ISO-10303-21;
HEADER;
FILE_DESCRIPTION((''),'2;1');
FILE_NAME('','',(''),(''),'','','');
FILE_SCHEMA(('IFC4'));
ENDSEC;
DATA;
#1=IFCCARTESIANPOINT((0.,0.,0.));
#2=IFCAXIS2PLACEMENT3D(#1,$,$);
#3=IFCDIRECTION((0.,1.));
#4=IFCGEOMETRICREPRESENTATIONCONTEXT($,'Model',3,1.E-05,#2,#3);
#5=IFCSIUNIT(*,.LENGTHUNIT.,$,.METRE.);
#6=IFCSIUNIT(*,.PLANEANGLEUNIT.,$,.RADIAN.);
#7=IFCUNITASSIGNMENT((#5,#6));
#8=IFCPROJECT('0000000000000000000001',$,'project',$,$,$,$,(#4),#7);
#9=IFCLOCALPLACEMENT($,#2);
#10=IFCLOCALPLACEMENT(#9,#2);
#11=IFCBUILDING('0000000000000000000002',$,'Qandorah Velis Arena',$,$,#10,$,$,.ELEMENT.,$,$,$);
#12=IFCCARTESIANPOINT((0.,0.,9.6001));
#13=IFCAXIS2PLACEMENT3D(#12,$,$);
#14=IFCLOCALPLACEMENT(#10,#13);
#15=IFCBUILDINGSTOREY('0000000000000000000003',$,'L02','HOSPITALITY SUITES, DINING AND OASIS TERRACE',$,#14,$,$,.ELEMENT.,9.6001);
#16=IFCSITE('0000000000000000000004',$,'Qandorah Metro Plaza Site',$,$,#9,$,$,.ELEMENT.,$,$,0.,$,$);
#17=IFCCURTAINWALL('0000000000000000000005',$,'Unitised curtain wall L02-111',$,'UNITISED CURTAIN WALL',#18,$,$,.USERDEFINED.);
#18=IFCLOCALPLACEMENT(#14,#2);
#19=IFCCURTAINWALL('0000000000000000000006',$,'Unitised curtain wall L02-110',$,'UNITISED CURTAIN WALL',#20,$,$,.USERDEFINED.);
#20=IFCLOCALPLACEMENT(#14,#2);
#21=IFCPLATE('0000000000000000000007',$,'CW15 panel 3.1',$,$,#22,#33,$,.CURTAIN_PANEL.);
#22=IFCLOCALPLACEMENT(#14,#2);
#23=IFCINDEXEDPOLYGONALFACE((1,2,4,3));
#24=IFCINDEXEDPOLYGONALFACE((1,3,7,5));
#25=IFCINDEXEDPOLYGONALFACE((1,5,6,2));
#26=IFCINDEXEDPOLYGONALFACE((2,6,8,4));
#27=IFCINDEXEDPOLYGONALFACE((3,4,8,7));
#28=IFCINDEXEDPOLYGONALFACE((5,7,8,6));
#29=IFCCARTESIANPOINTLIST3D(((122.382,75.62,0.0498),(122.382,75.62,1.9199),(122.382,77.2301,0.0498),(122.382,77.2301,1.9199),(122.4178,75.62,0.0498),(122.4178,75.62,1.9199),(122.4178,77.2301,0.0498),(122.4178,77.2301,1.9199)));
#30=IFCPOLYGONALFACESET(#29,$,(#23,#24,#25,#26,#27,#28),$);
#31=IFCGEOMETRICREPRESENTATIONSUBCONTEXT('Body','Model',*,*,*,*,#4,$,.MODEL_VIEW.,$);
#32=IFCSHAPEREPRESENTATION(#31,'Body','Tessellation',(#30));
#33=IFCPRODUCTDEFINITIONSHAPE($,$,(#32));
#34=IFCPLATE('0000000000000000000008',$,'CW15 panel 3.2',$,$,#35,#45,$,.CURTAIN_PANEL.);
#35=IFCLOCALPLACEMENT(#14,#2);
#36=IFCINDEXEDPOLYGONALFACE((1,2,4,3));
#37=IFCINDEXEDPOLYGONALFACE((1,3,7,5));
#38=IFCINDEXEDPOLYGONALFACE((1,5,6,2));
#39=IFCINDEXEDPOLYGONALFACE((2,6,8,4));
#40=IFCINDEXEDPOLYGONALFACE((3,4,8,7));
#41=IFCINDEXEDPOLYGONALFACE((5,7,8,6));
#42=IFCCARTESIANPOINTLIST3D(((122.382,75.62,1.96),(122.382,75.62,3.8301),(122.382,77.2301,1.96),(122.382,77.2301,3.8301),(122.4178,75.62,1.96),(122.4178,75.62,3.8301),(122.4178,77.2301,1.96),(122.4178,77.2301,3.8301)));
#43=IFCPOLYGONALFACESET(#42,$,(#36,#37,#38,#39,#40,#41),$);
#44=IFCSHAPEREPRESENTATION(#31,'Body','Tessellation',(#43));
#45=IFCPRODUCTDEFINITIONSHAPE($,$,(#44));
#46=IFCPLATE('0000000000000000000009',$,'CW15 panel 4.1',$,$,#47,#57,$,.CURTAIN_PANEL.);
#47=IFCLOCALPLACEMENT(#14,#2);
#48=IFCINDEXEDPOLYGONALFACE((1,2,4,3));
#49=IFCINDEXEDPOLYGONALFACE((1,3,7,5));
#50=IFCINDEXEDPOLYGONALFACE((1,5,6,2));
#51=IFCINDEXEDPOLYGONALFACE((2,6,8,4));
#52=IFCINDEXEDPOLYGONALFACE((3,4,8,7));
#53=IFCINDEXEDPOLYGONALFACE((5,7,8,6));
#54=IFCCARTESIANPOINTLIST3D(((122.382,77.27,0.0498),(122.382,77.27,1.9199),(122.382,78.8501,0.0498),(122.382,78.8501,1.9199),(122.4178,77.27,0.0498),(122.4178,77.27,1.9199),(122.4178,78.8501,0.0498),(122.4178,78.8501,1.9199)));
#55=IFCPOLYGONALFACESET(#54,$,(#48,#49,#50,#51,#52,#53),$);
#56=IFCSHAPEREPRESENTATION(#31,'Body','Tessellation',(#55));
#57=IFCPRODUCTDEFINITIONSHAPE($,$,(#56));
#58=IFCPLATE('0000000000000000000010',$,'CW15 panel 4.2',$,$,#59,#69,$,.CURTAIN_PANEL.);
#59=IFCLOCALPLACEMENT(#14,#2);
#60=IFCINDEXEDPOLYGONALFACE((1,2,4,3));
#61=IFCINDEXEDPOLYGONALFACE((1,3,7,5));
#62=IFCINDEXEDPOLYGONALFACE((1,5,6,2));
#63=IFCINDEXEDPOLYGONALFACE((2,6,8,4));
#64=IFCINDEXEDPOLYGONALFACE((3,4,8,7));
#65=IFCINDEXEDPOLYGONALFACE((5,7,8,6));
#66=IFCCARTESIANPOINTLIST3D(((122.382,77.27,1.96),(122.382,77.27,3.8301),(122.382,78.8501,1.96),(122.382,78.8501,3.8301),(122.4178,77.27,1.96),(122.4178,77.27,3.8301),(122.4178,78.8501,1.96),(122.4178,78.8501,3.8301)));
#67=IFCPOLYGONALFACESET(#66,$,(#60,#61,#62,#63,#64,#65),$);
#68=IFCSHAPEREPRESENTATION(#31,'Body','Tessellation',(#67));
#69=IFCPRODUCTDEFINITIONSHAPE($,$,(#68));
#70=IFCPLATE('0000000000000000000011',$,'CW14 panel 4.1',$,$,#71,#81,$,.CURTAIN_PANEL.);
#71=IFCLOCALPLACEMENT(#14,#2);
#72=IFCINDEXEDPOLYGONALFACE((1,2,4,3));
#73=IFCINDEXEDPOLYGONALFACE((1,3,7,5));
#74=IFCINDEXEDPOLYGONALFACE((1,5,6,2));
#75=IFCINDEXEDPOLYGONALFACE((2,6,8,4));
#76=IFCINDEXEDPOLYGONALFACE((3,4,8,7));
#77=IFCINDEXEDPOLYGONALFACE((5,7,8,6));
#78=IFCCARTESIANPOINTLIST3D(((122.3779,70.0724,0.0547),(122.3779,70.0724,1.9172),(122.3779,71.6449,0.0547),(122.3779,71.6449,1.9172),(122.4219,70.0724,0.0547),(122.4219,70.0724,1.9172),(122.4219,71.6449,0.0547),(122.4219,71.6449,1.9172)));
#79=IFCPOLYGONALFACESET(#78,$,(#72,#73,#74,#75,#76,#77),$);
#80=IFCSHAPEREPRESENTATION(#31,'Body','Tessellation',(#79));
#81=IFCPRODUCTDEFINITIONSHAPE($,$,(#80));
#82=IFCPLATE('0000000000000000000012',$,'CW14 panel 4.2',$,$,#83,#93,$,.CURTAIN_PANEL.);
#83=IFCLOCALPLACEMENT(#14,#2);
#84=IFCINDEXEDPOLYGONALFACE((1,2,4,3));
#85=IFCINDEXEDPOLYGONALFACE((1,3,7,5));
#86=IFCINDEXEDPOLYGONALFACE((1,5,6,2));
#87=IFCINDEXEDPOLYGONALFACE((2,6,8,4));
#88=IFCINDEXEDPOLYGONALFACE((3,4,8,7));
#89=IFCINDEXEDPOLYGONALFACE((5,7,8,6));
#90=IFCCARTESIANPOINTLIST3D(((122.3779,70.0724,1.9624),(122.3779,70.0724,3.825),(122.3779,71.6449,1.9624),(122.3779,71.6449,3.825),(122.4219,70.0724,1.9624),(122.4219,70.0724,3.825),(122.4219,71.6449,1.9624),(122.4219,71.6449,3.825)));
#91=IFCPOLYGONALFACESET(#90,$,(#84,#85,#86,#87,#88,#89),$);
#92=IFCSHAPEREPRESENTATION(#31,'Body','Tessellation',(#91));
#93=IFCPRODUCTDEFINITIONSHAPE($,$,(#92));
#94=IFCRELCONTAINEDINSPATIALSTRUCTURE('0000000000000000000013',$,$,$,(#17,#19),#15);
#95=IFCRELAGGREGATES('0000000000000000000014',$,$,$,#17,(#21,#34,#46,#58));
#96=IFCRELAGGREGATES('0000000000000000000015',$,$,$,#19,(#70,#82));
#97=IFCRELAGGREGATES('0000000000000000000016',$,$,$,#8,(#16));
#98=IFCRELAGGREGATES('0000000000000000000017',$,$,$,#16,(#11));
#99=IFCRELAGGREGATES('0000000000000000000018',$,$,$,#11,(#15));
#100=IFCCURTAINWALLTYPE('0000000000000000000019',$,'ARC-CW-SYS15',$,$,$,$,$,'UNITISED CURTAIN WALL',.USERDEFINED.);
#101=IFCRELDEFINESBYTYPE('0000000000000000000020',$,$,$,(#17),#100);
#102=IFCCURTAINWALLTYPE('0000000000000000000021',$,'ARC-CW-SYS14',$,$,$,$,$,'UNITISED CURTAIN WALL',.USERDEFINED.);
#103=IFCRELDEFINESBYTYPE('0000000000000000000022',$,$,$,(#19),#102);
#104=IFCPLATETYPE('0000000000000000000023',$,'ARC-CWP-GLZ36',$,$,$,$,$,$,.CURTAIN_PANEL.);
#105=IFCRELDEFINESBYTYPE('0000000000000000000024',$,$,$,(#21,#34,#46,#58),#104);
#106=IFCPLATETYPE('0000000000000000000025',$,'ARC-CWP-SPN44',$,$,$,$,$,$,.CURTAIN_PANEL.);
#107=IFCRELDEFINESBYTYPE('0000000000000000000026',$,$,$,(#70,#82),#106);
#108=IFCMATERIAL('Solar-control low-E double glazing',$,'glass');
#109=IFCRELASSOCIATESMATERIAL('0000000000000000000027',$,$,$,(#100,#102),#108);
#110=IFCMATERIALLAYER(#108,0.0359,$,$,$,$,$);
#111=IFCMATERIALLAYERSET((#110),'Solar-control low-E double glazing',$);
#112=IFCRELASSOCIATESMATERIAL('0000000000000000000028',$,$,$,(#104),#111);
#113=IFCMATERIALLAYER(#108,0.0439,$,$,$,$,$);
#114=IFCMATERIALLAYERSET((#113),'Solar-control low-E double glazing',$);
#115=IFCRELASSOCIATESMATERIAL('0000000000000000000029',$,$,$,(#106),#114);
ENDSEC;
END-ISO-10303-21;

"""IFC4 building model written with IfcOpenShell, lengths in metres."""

from ifc_helpers import new_model, si_unit, direction, frame, origin, origin_2d, place, context, subcontext, project, spatial, rectangle, extrude, material, layer, layer_set, type_object, element, aggregate, save


model = new_model("IFC4")

# Units and contexts
model_context = context("Model", 3, precision=1e-05, world=origin(), true_north=direction((0.0, 1.0)))
body_context = subcontext(model_context, "Body", "Model", "MODEL_VIEW")
ifc_project = project(units=[si_unit("LENGTHUNIT", "METRE"), si_unit("PLANEANGLEUNIT", "RADIAN")], contexts=[model_context])

# Site, building, storey
site_placement = place(None, origin())
site = spatial("IfcSite", under=ifc_project, at=site_placement, Name="Qandorah Metro Plaza Site", CompositionType="ELEMENT", RefElevation=0.0)
building_placement = place(site_placement, origin())
building = spatial("IfcBuilding", under=site, at=building_placement, Name="Qandorah Velis Arena", CompositionType="ELEMENT")
storey_placement = place(building_placement, frame((0.0, 0.0, 9.6001)))
storey = spatial("IfcBuildingStorey", under=building, at=storey_placement, Name="L02", Description="HOSPITALITY SUITES, DINING AND OASIS TERRACE", CompositionType="ELEMENT", Elevation=9.6001)

# Curtain wall
ifc_material_1 = material(Name="Solar-control low-E double glazing", Category="glass")
curtain_wall_type_1 = type_object("IfcCurtainWallType", Name="ARC-CW-SYS15", ElementType="UNITISED CURTAIN WALL", PredefinedType="USERDEFINED", material=ifc_material_1)
curtain_wall_1_placement = place(storey_placement, origin())
curtain_wall_1 = element("IfcCurtainWall", 1, at=curtain_wall_1_placement, inside=storey, type_object=curtain_wall_type_1, Name="Unitised curtain wall L02-111", ObjectType="UNITISED CURTAIN WALL", PredefinedType="USERDEFINED")

# Curtain wall
curtain_wall_type_2 = type_object("IfcCurtainWallType", Name="ARC-CW-SYS14", ElementType="UNITISED CURTAIN WALL", PredefinedType="USERDEFINED", material=ifc_material_1)
curtain_wall_2_placement = place(storey_placement, origin())
curtain_wall_2 = element("IfcCurtainWall", 2, at=curtain_wall_2_placement, inside=storey, type_object=curtain_wall_type_2, Name="Unitised curtain wall L02-110", ObjectType="UNITISED CURTAIN WALL", PredefinedType="USERDEFINED")

# Plates
ifc_layer_1 = layer(ifc_material_1, 0.0359)
ifc_layer_set_1 = layer_set([ifc_layer_1], Name="Solar-control low-E double glazing")
plate_type_1 = type_object("IfcPlateType", Name="ARC-CWP-GLZ36", PredefinedType="CURTAIN_PANEL", material=ifc_layer_set_1)
plate_1_placement = place(storey_placement, frame((122.3999, 76.425, 0.0498), z_axis=(0.0, 0.0, 1.0), x_axis=(0.0, 1.0, 0.0)))
plate_1 = element("IfcPlate", 3, at=plate_1_placement, type_object=plate_type_1, Name="CW15 panel 3.1", PredefinedType="CURTAIN_PANEL", context=body_context, shape_type="SweptSolid", body=[
    extrude(rectangle(XDim=1.6101, YDim=0.0359, at=origin_2d()), origin(), (0.0, 0.0, 1.0), 1.8701),
])
plate_2_placement = place(storey_placement, frame((122.3999, 76.425, 1.96), z_axis=(0.0, 0.0, 1.0), x_axis=(0.0, 1.0, 0.0)))
plate_2 = element("IfcPlate", 4, at=plate_2_placement, type_object=plate_type_1, Name="CW15 panel 3.2", PredefinedType="CURTAIN_PANEL", context=body_context, shape_type="SweptSolid", body=[
    extrude(rectangle(XDim=1.6101, YDim=0.0359, at=origin_2d()), origin(), (0.0, 0.0, 1.0), 1.8701),
])
plate_3_placement = place(storey_placement, frame((122.3999, 78.0601, 0.0498), z_axis=(0.0, 0.0, 1.0), x_axis=(0.0, 1.0, 0.0)))
plate_3 = element("IfcPlate", 5, at=plate_3_placement, type_object=plate_type_1, Name="CW15 panel 4.1", PredefinedType="CURTAIN_PANEL", context=body_context, shape_type="SweptSolid", body=[
    extrude(rectangle(XDim=1.5801, YDim=0.0359, at=origin_2d()), origin(), (0.0, 0.0, 1.0), 1.8701),
])
plate_4_placement = place(storey_placement, frame((122.3999, 78.0601, 1.96), z_axis=(0.0, 0.0, 1.0), x_axis=(0.0, 1.0, 0.0)))
plate_4 = element("IfcPlate", 6, at=plate_4_placement, type_object=plate_type_1, Name="CW15 panel 4.2", PredefinedType="CURTAIN_PANEL", context=body_context, shape_type="SweptSolid", body=[
    extrude(rectangle(XDim=1.5801, YDim=0.0359, at=origin_2d()), origin(), (0.0, 0.0, 1.0), 1.8701),
])
aggregate(curtain_wall_1, [plate_1, plate_2, plate_3, plate_4])
ifc_layer_2 = layer(ifc_material_1, 0.0439)
ifc_layer_set_2 = layer_set([ifc_layer_2], Name="Solar-control low-E double glazing")
plate_type_2 = type_object("IfcPlateType", Name="ARC-CWP-SPN44", PredefinedType="CURTAIN_PANEL", material=ifc_layer_set_2)
plate_5_placement = place(storey_placement, frame((122.3999, 70.8586, 0.0547), z_axis=(0.0, 0.0, 1.0), x_axis=(0.0, 1.0, 0.0)))
plate_5 = element("IfcPlate", 7, at=plate_5_placement, type_object=plate_type_2, Name="CW14 panel 4.1", PredefinedType="CURTAIN_PANEL", context=body_context, shape_type="SweptSolid", body=[
    extrude(rectangle(XDim=1.5725, YDim=0.0439, at=origin_2d()), origin(), (0.0, 0.0, 1.0), 1.8625),
])
plate_6_placement = place(storey_placement, frame((122.3999, 70.8586, 1.9624), z_axis=(0.0, 0.0, 1.0), x_axis=(0.0, 1.0, 0.0)))
plate_6 = element("IfcPlate", 8, at=plate_6_placement, type_object=plate_type_2, Name="CW14 panel 4.2", PredefinedType="CURTAIN_PANEL", context=body_context, shape_type="SweptSolid", body=[
    extrude(rectangle(XDim=1.5725, YDim=0.0439, at=origin_2d()), origin(), (0.0, 0.0, 1.0), 1.8625),
])
aggregate(curtain_wall_2, [plate_5, plate_6])

save(model, "model.ifc")
